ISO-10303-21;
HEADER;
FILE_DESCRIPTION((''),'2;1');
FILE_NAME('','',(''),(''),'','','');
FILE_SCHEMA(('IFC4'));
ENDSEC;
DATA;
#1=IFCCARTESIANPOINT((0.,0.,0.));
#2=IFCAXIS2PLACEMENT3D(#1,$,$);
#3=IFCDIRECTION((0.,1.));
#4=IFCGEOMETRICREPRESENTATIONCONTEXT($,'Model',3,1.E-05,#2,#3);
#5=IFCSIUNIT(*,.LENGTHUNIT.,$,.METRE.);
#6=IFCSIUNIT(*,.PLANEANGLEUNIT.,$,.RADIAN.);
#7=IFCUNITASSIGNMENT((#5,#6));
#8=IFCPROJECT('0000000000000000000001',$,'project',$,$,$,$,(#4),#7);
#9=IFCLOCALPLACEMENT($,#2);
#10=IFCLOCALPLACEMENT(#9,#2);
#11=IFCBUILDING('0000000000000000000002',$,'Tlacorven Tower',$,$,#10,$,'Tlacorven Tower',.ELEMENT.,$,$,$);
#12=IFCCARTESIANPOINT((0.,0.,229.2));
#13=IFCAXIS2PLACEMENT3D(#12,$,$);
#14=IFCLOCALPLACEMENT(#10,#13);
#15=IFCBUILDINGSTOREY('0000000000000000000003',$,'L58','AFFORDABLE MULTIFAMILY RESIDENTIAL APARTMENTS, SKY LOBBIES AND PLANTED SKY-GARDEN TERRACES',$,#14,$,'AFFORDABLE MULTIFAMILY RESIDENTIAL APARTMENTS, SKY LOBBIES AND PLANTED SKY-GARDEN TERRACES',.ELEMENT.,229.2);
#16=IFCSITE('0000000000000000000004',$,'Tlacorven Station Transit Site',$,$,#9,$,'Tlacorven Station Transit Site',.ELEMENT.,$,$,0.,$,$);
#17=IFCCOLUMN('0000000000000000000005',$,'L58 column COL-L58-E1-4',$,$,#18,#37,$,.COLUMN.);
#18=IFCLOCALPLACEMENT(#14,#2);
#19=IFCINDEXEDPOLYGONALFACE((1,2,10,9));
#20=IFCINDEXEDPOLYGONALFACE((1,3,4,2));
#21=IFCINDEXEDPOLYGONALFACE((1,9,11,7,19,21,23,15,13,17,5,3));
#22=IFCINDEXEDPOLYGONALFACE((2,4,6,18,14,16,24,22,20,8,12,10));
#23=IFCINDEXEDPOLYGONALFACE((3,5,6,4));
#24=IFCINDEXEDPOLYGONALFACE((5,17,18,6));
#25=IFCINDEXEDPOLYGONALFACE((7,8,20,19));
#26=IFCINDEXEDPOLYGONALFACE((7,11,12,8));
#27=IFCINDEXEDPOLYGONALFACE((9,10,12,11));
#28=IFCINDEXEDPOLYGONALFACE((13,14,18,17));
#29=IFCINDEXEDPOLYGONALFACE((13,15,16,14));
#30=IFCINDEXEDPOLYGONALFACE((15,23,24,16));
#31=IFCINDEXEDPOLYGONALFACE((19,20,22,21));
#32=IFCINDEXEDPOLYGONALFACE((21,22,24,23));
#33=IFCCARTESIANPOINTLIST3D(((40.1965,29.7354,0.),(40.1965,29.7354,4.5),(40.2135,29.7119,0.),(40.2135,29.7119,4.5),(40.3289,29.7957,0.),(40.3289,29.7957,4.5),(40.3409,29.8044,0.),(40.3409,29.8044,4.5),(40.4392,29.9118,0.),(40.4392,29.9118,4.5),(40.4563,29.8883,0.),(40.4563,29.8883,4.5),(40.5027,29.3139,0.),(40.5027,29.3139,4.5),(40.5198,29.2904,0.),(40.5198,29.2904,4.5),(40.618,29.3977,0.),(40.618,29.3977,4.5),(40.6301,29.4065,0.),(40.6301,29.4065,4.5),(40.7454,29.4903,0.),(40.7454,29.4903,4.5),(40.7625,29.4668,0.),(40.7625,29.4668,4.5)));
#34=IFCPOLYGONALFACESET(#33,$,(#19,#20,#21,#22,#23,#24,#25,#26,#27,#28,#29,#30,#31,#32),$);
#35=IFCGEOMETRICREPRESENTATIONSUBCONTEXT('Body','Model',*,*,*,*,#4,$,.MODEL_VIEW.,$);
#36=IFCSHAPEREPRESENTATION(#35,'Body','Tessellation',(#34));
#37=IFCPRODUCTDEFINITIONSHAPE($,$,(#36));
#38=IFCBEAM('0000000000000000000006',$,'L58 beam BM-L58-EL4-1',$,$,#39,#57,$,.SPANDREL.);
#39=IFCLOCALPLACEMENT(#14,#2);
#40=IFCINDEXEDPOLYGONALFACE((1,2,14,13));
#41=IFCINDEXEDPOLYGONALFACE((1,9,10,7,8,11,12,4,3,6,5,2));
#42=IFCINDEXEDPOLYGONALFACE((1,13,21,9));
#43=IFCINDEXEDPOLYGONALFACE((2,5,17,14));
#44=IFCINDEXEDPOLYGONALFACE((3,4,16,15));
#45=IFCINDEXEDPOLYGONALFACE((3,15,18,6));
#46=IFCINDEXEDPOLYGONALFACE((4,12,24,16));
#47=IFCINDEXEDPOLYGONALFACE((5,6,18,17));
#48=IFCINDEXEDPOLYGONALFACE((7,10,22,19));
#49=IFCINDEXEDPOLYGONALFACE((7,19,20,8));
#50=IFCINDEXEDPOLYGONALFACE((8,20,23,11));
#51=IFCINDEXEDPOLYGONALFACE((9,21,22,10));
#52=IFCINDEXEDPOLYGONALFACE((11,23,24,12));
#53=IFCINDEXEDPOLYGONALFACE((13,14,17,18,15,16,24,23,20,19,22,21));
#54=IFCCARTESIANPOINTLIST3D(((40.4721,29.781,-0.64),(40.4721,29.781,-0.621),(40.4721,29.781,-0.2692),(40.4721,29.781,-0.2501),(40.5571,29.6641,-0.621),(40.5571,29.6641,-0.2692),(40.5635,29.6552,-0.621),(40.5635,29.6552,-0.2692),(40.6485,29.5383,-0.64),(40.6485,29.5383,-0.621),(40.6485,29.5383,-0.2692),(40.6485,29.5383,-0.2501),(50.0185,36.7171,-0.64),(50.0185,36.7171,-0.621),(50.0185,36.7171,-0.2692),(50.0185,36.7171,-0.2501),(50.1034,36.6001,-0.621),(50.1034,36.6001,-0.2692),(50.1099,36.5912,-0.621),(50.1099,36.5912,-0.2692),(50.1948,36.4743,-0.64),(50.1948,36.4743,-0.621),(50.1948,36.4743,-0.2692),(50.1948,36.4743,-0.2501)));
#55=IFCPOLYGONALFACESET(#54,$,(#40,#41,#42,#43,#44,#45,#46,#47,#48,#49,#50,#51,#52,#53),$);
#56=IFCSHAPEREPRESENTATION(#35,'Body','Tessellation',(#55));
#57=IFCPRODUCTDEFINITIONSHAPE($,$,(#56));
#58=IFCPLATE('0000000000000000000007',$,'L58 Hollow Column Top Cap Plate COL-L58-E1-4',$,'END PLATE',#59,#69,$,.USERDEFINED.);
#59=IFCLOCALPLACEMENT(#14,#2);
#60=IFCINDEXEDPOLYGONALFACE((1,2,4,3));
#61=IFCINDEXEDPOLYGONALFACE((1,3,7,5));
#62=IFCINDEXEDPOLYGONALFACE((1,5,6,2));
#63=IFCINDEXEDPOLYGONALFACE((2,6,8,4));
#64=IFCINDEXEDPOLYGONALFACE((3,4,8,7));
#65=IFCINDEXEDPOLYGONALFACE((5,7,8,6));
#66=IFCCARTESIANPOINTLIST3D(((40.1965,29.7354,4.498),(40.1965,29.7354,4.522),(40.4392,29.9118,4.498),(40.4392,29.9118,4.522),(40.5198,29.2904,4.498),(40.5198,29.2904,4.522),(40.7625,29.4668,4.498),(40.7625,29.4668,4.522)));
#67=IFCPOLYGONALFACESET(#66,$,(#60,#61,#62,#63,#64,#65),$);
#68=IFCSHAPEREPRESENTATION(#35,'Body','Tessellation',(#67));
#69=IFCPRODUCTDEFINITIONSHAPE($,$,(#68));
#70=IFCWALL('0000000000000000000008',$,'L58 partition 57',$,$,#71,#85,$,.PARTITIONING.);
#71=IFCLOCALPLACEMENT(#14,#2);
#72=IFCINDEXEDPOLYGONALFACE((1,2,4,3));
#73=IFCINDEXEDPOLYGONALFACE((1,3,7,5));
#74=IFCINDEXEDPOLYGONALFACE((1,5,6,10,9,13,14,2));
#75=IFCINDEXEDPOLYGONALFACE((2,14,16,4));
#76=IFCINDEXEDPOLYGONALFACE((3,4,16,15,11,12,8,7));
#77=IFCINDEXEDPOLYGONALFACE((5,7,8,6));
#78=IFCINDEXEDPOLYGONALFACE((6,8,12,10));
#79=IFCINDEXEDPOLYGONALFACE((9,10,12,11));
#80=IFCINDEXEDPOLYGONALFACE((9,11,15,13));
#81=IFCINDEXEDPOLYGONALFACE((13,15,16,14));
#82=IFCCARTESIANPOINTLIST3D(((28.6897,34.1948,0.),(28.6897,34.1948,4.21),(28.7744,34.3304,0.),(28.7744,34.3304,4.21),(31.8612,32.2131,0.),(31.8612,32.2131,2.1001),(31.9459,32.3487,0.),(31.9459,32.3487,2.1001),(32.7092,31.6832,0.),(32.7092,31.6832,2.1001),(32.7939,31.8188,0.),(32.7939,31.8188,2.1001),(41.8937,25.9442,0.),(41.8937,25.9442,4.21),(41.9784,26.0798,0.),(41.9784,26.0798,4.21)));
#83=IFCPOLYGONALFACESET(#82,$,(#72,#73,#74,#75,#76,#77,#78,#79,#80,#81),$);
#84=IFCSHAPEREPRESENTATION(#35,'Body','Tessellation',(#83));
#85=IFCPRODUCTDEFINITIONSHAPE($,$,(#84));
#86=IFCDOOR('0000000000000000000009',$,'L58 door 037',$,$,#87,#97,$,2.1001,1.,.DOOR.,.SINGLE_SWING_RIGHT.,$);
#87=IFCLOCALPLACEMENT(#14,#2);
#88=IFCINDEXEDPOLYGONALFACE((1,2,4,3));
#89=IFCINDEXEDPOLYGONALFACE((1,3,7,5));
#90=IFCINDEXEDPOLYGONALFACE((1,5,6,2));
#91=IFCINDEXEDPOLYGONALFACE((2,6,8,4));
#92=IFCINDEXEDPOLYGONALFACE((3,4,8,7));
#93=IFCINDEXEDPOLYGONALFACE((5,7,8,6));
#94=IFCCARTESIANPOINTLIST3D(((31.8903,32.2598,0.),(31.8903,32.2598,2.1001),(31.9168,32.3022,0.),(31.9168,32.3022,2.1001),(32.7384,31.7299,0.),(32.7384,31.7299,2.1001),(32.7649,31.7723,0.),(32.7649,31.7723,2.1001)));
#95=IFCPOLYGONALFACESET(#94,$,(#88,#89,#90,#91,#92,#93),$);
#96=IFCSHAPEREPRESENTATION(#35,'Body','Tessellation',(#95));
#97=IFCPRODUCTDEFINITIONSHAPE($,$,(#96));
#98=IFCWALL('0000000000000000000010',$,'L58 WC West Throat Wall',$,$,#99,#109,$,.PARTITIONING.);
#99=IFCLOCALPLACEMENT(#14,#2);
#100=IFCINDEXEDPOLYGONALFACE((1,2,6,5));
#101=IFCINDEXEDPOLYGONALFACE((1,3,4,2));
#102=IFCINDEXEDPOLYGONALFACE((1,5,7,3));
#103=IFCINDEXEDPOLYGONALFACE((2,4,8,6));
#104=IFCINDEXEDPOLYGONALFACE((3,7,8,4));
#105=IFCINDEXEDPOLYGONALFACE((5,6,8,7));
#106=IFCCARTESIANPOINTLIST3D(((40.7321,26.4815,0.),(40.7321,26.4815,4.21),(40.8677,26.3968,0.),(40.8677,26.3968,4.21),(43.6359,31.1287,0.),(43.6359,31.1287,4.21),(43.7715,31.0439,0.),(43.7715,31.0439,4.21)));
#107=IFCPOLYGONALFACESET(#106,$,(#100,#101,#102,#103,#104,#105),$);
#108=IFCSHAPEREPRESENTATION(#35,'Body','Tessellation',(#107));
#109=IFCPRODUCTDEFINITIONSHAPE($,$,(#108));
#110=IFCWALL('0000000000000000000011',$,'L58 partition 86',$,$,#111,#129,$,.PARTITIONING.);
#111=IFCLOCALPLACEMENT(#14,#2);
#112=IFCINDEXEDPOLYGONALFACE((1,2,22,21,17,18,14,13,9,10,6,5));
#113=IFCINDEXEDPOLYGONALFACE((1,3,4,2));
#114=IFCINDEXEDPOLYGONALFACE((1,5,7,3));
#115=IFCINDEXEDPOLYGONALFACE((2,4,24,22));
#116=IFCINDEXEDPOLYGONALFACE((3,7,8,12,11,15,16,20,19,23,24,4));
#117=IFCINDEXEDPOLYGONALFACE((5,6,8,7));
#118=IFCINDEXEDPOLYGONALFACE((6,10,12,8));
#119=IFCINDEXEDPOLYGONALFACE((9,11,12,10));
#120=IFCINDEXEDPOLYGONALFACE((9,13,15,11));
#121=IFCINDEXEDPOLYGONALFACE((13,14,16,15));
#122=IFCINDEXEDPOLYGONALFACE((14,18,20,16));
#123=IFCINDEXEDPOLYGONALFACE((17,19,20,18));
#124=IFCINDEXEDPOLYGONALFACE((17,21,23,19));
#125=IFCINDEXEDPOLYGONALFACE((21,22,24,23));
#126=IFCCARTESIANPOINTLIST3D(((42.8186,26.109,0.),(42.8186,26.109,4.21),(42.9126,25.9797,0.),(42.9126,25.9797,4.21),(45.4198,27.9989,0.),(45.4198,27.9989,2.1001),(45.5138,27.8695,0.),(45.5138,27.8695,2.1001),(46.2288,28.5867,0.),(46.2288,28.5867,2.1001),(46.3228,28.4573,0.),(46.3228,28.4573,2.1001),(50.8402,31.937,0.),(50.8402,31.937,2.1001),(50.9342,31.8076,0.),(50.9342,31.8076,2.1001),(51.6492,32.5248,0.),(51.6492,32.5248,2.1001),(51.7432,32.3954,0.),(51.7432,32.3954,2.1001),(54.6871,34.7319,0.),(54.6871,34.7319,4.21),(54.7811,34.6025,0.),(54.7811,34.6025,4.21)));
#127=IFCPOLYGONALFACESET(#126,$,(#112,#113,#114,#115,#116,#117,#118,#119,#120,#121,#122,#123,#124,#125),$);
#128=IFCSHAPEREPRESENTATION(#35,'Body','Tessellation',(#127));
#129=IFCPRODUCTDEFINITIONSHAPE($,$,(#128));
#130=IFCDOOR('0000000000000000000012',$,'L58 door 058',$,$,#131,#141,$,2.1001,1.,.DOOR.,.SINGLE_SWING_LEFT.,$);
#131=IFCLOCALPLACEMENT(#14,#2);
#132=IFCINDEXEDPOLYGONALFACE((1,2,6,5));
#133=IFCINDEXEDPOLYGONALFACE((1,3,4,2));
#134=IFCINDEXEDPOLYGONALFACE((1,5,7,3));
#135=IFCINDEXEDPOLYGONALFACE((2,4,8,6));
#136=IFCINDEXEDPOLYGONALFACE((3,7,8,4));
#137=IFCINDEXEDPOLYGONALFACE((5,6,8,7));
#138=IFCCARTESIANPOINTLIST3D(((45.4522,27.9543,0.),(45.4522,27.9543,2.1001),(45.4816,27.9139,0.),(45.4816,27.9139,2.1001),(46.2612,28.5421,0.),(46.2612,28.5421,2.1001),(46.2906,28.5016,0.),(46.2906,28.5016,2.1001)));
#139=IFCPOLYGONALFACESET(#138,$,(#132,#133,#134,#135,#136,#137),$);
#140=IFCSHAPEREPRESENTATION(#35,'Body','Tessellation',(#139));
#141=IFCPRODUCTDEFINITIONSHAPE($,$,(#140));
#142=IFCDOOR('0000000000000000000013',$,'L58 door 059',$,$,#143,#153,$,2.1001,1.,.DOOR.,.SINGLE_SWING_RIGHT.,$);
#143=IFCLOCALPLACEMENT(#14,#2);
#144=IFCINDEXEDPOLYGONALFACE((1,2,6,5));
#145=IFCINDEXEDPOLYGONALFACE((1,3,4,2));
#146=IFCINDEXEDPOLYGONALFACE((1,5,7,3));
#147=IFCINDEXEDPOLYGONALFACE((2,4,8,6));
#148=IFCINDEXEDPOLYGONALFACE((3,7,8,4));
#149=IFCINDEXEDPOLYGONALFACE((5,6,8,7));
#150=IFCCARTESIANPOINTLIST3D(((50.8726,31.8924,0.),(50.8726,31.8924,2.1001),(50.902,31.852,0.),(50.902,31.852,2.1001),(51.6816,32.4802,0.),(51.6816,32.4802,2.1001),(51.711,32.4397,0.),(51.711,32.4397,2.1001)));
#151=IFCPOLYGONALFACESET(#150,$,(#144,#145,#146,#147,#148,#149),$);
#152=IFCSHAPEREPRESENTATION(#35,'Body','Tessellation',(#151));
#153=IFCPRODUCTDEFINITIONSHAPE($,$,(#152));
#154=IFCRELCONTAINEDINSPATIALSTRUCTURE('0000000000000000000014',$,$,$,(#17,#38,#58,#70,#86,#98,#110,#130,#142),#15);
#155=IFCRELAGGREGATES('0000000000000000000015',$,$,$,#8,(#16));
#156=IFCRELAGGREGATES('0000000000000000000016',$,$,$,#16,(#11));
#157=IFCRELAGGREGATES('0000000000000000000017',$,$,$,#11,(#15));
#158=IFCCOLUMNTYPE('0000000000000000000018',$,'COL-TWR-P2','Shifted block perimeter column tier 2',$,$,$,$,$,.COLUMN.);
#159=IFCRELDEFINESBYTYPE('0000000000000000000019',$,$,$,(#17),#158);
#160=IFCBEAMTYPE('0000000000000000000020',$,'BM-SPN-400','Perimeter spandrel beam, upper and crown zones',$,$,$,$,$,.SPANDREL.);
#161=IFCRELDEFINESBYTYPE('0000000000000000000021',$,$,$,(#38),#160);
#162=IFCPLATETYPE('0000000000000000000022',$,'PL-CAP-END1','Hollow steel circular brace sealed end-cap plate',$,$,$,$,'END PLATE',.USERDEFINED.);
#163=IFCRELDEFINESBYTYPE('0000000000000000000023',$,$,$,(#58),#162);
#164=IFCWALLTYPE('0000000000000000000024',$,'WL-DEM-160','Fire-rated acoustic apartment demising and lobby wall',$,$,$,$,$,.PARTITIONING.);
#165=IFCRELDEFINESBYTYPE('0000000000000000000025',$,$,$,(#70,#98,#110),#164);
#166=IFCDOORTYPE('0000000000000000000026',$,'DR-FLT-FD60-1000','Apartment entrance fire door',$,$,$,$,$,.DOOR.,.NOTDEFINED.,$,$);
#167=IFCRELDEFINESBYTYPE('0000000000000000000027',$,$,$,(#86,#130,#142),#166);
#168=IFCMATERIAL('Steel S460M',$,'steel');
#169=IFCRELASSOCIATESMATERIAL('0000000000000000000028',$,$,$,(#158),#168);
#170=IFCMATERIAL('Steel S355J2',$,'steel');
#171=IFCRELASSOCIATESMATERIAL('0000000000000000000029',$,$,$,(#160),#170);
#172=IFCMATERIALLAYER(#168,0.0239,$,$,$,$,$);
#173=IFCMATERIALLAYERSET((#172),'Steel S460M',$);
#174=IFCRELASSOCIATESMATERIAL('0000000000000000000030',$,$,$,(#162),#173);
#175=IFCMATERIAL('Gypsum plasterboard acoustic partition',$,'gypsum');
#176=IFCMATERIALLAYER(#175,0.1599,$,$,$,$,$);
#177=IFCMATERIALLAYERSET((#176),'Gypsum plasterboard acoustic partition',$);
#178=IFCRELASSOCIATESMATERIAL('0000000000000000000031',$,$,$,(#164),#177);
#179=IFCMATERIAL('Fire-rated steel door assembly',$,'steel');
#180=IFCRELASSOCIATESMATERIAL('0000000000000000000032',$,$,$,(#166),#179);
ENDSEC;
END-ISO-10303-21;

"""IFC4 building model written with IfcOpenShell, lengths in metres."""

from ifc_helpers import new_model, si_unit, direction, frame, frame_2d, origin, origin_2d, place, context, subcontext, project, spatial, rectangle, i_section, extrude, source, transform, mapped, material, layer, layer_set, material_profile, profile_set, type_object, element, fill, save


model = new_model("IFC4")

# Units and contexts
model_context = context("Model", 3, precision=1e-05, world=origin(), true_north=direction((0.0, 1.0)))
body_context = subcontext(model_context, "Body", "Model", "MODEL_VIEW")
ifc_project = project(units=[si_unit("LENGTHUNIT", "METRE"), si_unit("PLANEANGLEUNIT", "RADIAN")], contexts=[model_context])

# Site, building, storey
site_placement = place(None, origin())
site = spatial("IfcSite", under=ifc_project, at=site_placement, Name="Tlacorven Station Transit Site", LongName="Tlacorven Station Transit Site", CompositionType="ELEMENT", RefElevation=0.0)
building_placement = place(site_placement, origin())
building = spatial("IfcBuilding", under=site, at=building_placement, Name="Tlacorven Tower", LongName="Tlacorven Tower", CompositionType="ELEMENT")
storey_placement = place(building_placement, frame((0.0, 0.0, 229.2)))
storey = spatial("IfcBuildingStorey", under=building, at=storey_placement, Name="L58", Description="AFFORDABLE MULTIFAMILY RESIDENTIAL APARTMENTS, SKY LOBBIES AND PLANTED SKY-GARDEN TERRACES", LongName="AFFORDABLE MULTIFAMILY RESIDENTIAL APARTMENTS, SKY LOBBIES AND PLANTED SKY-GARDEN TERRACES", CompositionType="ELEMENT", Elevation=229.2)

# Column
ifc_material_1 = material(Name="Steel S460M", Category="steel")
ifc_material_profile_1 = material_profile(ifc_material_1, i_section(OverallWidth=0.3, OverallDepth=0.55, WebThickness=0.0149, FlangeThickness=0.0291, at=origin_2d()), Name="HEB 550")
ifc_profile_set_1 = profile_set([ifc_material_profile_1], Name="Steel S460M")
column_type = type_object("IfcColumnType", Name="COL-TWR-P2", Description="Shifted block perimeter column tier 2", PredefinedType="COLUMN", material=ifc_profile_set_1)
shared_shape_1 = source(origin(), body_context, "Body", "SweptSolid", [
    extrude(i_section(OverallWidth=0.3, OverallDepth=0.55, WebThickness=0.0149, FlangeThickness=0.0291, at=origin_2d()), origin(), (0.0, 0.0, 1.0), 4.5),
])
column_placement = place(storey_placement, frame((40.4795, 29.6011, 0.0), z_axis=(0.0, 0.0, 1.0), x_axis=(0.809017, 0.587785, 0.0)))
element("IfcColumn", 1, at=column_placement, inside=storey, type_object=column_type, Name="L58 column COL-L58-E1-4", PredefinedType="COLUMN", context=body_context, shape_type="MappedRepresentation", body=[
    mapped(shared_shape_1, transform((0.0, 0.0, 0.0), scale=1.0)),
])

# Beam
ifc_material_2 = material(Name="Steel S355J2", Category="steel")
ifc_material_profile_2 = material_profile(ifc_material_2, i_section(OverallWidth=0.3, OverallDepth=0.3899, WebThickness=0.011, FlangeThickness=0.019, at=origin_2d()), Name="HEA 400")
ifc_profile_set_2 = profile_set([ifc_material_profile_2], Name="Steel S355J2")
beam_type = type_object("IfcBeamType", Name="BM-SPN-400", Description="Perimeter spandrel beam, upper and crown zones", PredefinedType="SPANDREL", material=ifc_profile_set_2)
shared_shape_2 = source(origin(), body_context, "Body", "SweptSolid", [
    extrude(i_section(OverallWidth=0.3, OverallDepth=0.3899, WebThickness=0.011, FlangeThickness=0.019, at=origin_2d()), origin(), (0.0, 0.0, 1.0), 11.8),
])
beam_placement = place(storey_placement, frame((40.5603, 29.6597, -0.4451), z_axis=(0.80901, 0.587795, 0.0), x_axis=(-0.587795, 0.80901, 0.0)))
element("IfcBeam", 2, at=beam_placement, inside=storey, type_object=beam_type, Name="L58 beam BM-L58-EL4-1", PredefinedType="SPANDREL", context=body_context, shape_type="MappedRepresentation", body=[
    mapped(shared_shape_2, transform((0.0, 0.0, 0.0), scale=1.0)),
])

# Plate
ifc_layer_1 = layer(ifc_material_1, 0.0239)
ifc_layer_set_1 = layer_set([ifc_layer_1], Name="Steel S460M")
plate_type = type_object("IfcPlateType", Name="PL-CAP-END1", Description="Hollow steel circular brace sealed end-cap plate", ElementType="END PLATE", PredefinedType="USERDEFINED", material=ifc_layer_set_1)
shared_shape_3 = source(origin(), body_context, "Body", "SweptSolid", [
    extrude(rectangle(XDim=0.3, YDim=0.55, at=origin_2d()), origin(), (0.0, 0.0, 1.0), 0.0239),
])
plate_placement = place(storey_placement, frame((40.4795, 29.6011, 4.498), z_axis=(0.0, 0.0, 1.0), x_axis=(0.809017, 0.587785, 0.0)))
element("IfcPlate", 3, at=plate_placement, inside=storey, type_object=plate_type, Name="L58 Hollow Column Top Cap Plate COL-L58-E1-4", ObjectType="END PLATE", PredefinedType="USERDEFINED", context=body_context, shape_type="MappedRepresentation", body=[
    mapped(shared_shape_3, transform((0.0, 0.0, 0.0), scale=1.0)),
])

# Wall, opening, door
ifc_material_3 = material(Name="Gypsum plasterboard acoustic partition", Category="gypsum")
ifc_layer_2 = layer(ifc_material_3, 0.1599)
ifc_layer_set_2 = layer_set([ifc_layer_2], Name="Gypsum plasterboard acoustic partition")
wall_type_1 = type_object("IfcWallType", Name="WL-DEM-160", Description="Fire-rated acoustic apartment demising and lobby wall", PredefinedType="PARTITIONING", material=ifc_layer_set_2)
wall_1_placement = place(storey_placement, frame((41.936, 26.012, 0.0), z_axis=(0.0, 0.0, 1.0), x_axis=(-0.848051, 0.529914, 0.0)))
wall_1 = element("IfcWall", 4, at=wall_1_placement, inside=storey, type_object=wall_type_1, Name="L58 partition 57", PredefinedType="PARTITIONING", context=body_context, shape_type="SweptSolid", body=[
    extrude(rectangle(XDim=15.5698, YDim=0.1599, at=frame_2d((7.7849, 0.0))), origin(), (0.0, 0.0, 1.0), 4.21),
])
opening_1_placement = place(wall_1_placement, frame((10.8301, 0.0, 0.0)))
opening_1 = element("IfcOpeningElement", 5, at=opening_1_placement, cuts=wall_1, PredefinedType="OPENING", context=body_context, shape_type="SweptSolid", body=[
    extrude(rectangle(XDim=1.0, YDim=2.1001, at=frame_2d((0.5, 1.05))), frame((0.0, 0.0898, 0.0), z_axis=(0.0, -1.0, 0.0), x_axis=(1.0, 0.0, 0.0)), (0.0, 0.0, 1.0), 0.1799),
])
ifc_material_4 = material(Name="Fire-rated steel door assembly", Category="steel")
door_type_1 = type_object("IfcDoorType", Name="DR-FLT-FD60-1000", Description="Apartment entrance fire door", OperationType="NOTDEFINED", PredefinedType="DOOR", material=ifc_material_4)
shared_shape_4 = source(origin(), body_context, "Body", "SweptSolid", [
    extrude(rectangle(XDim=1.0, YDim=2.1001, at=frame_2d((0.5, 1.05))), frame((0.0, 0.0249, 0.0), z_axis=(0.0, -1.0, 0.0), x_axis=(1.0, 0.0, 0.0)), (0.0, 0.0, 1.0), 0.05),
])
door_1_placement = place(opening_1_placement, origin())
door_1 = element("IfcDoor", 6, at=door_1_placement, inside=storey, type_object=door_type_1, Name="L58 door 037", OperationType="SINGLE_SWING_RIGHT", OverallHeight=2.1001, OverallWidth=1.0, PredefinedType="DOOR", context=body_context, shape_type="MappedRepresentation", body=[
    mapped(shared_shape_4, transform((0.0, 0.0, 0.0), scale=1.0)),
])
fill(opening_1, door_1)

# Wall
wall_2_placement = place(storey_placement, frame((43.7036, 31.0862, 0.0), z_axis=(0.0, 0.0, 1.0), x_axis=(-0.529907, -0.848056, 0.0)))
element("IfcWall", 7, at=wall_2_placement, inside=storey, type_object=wall_type_1, Name="L58 WC West Throat Wall", PredefinedType="PARTITIONING", context=body_context, shape_type="SweptSolid", body=[
    extrude(rectangle(XDim=5.4797, YDim=0.1599, at=frame_2d((2.7397, 0.0))), origin(), (0.0, 0.0, 1.0), 4.21),
])

# Wall, openings, doors
wall_3_placement = place(storey_placement, frame((42.8657, 26.0444, 0.0), z_axis=(0.0, 0.0, 1.0), x_axis=(0.80902, 0.587781, 0.0)))
wall_3 = element("IfcWall", 8, at=wall_3_placement, inside=storey, type_object=wall_type_1, Name="L58 partition 86", PredefinedType="PARTITIONING", context=body_context, shape_type="SweptSolid", body=[
    extrude(rectangle(XDim=14.6702, YDim=0.1599, at=frame_2d((7.335, 0.0))), origin(), (0.0, 0.0, 1.0), 4.21),
])
opening_2_placement = place(wall_3_placement, frame((3.2151, 0.0, 0.0)))
opening_2 = element("IfcOpeningElement", 9, at=opening_2_placement, cuts=wall_3, PredefinedType="OPENING", context=body_context, shape_type="SweptSolid", body=[
    extrude(rectangle(XDim=1.0, YDim=2.1001, at=frame_2d((0.5, 1.05))), frame((0.0, 0.0898, 0.0), z_axis=(0.0, -1.0, 0.0), x_axis=(1.0, 0.0, 0.0)), (0.0, 0.0, 1.0), 0.1799),
])
opening_3_placement = place(wall_3_placement, frame((9.915, 0.0, 0.0)))
opening_3 = element("IfcOpeningElement", 10, at=opening_3_placement, cuts=wall_3, PredefinedType="OPENING", context=body_context, shape_type="SweptSolid", body=[
    extrude(rectangle(XDim=1.0, YDim=2.1001, at=frame_2d((0.5, 1.05))), frame((0.0, 0.0898, 0.0), z_axis=(0.0, -1.0, 0.0), x_axis=(1.0, 0.0, 0.0)), (0.0, 0.0, 1.0), 0.1799),
])
door_2_placement = place(opening_2_placement, origin())
door_2 = element("IfcDoor", 11, at=door_2_placement, inside=storey, type_object=door_type_1, Name="L58 door 058", OperationType="SINGLE_SWING_LEFT", OverallHeight=2.1001, OverallWidth=1.0, PredefinedType="DOOR", context=body_context, shape_type="MappedRepresentation", body=[
    mapped(shared_shape_4, transform((0.0, 0.0, 0.0), scale=1.0)),
])
fill(opening_2, door_2)
door_3_placement = place(opening_3_placement, origin())
door_3 = element("IfcDoor", 12, at=door_3_placement, inside=storey, type_object=door_type_1, Name="L58 door 059", OperationType="SINGLE_SWING_RIGHT", OverallHeight=2.1001, OverallWidth=1.0, PredefinedType="DOOR", context=body_context, shape_type="MappedRepresentation", body=[
    mapped(shared_shape_4, transform((0.0, 0.0, 0.0), scale=1.0)),
])
fill(opening_3, door_3)

save(model, "model.ifc")
